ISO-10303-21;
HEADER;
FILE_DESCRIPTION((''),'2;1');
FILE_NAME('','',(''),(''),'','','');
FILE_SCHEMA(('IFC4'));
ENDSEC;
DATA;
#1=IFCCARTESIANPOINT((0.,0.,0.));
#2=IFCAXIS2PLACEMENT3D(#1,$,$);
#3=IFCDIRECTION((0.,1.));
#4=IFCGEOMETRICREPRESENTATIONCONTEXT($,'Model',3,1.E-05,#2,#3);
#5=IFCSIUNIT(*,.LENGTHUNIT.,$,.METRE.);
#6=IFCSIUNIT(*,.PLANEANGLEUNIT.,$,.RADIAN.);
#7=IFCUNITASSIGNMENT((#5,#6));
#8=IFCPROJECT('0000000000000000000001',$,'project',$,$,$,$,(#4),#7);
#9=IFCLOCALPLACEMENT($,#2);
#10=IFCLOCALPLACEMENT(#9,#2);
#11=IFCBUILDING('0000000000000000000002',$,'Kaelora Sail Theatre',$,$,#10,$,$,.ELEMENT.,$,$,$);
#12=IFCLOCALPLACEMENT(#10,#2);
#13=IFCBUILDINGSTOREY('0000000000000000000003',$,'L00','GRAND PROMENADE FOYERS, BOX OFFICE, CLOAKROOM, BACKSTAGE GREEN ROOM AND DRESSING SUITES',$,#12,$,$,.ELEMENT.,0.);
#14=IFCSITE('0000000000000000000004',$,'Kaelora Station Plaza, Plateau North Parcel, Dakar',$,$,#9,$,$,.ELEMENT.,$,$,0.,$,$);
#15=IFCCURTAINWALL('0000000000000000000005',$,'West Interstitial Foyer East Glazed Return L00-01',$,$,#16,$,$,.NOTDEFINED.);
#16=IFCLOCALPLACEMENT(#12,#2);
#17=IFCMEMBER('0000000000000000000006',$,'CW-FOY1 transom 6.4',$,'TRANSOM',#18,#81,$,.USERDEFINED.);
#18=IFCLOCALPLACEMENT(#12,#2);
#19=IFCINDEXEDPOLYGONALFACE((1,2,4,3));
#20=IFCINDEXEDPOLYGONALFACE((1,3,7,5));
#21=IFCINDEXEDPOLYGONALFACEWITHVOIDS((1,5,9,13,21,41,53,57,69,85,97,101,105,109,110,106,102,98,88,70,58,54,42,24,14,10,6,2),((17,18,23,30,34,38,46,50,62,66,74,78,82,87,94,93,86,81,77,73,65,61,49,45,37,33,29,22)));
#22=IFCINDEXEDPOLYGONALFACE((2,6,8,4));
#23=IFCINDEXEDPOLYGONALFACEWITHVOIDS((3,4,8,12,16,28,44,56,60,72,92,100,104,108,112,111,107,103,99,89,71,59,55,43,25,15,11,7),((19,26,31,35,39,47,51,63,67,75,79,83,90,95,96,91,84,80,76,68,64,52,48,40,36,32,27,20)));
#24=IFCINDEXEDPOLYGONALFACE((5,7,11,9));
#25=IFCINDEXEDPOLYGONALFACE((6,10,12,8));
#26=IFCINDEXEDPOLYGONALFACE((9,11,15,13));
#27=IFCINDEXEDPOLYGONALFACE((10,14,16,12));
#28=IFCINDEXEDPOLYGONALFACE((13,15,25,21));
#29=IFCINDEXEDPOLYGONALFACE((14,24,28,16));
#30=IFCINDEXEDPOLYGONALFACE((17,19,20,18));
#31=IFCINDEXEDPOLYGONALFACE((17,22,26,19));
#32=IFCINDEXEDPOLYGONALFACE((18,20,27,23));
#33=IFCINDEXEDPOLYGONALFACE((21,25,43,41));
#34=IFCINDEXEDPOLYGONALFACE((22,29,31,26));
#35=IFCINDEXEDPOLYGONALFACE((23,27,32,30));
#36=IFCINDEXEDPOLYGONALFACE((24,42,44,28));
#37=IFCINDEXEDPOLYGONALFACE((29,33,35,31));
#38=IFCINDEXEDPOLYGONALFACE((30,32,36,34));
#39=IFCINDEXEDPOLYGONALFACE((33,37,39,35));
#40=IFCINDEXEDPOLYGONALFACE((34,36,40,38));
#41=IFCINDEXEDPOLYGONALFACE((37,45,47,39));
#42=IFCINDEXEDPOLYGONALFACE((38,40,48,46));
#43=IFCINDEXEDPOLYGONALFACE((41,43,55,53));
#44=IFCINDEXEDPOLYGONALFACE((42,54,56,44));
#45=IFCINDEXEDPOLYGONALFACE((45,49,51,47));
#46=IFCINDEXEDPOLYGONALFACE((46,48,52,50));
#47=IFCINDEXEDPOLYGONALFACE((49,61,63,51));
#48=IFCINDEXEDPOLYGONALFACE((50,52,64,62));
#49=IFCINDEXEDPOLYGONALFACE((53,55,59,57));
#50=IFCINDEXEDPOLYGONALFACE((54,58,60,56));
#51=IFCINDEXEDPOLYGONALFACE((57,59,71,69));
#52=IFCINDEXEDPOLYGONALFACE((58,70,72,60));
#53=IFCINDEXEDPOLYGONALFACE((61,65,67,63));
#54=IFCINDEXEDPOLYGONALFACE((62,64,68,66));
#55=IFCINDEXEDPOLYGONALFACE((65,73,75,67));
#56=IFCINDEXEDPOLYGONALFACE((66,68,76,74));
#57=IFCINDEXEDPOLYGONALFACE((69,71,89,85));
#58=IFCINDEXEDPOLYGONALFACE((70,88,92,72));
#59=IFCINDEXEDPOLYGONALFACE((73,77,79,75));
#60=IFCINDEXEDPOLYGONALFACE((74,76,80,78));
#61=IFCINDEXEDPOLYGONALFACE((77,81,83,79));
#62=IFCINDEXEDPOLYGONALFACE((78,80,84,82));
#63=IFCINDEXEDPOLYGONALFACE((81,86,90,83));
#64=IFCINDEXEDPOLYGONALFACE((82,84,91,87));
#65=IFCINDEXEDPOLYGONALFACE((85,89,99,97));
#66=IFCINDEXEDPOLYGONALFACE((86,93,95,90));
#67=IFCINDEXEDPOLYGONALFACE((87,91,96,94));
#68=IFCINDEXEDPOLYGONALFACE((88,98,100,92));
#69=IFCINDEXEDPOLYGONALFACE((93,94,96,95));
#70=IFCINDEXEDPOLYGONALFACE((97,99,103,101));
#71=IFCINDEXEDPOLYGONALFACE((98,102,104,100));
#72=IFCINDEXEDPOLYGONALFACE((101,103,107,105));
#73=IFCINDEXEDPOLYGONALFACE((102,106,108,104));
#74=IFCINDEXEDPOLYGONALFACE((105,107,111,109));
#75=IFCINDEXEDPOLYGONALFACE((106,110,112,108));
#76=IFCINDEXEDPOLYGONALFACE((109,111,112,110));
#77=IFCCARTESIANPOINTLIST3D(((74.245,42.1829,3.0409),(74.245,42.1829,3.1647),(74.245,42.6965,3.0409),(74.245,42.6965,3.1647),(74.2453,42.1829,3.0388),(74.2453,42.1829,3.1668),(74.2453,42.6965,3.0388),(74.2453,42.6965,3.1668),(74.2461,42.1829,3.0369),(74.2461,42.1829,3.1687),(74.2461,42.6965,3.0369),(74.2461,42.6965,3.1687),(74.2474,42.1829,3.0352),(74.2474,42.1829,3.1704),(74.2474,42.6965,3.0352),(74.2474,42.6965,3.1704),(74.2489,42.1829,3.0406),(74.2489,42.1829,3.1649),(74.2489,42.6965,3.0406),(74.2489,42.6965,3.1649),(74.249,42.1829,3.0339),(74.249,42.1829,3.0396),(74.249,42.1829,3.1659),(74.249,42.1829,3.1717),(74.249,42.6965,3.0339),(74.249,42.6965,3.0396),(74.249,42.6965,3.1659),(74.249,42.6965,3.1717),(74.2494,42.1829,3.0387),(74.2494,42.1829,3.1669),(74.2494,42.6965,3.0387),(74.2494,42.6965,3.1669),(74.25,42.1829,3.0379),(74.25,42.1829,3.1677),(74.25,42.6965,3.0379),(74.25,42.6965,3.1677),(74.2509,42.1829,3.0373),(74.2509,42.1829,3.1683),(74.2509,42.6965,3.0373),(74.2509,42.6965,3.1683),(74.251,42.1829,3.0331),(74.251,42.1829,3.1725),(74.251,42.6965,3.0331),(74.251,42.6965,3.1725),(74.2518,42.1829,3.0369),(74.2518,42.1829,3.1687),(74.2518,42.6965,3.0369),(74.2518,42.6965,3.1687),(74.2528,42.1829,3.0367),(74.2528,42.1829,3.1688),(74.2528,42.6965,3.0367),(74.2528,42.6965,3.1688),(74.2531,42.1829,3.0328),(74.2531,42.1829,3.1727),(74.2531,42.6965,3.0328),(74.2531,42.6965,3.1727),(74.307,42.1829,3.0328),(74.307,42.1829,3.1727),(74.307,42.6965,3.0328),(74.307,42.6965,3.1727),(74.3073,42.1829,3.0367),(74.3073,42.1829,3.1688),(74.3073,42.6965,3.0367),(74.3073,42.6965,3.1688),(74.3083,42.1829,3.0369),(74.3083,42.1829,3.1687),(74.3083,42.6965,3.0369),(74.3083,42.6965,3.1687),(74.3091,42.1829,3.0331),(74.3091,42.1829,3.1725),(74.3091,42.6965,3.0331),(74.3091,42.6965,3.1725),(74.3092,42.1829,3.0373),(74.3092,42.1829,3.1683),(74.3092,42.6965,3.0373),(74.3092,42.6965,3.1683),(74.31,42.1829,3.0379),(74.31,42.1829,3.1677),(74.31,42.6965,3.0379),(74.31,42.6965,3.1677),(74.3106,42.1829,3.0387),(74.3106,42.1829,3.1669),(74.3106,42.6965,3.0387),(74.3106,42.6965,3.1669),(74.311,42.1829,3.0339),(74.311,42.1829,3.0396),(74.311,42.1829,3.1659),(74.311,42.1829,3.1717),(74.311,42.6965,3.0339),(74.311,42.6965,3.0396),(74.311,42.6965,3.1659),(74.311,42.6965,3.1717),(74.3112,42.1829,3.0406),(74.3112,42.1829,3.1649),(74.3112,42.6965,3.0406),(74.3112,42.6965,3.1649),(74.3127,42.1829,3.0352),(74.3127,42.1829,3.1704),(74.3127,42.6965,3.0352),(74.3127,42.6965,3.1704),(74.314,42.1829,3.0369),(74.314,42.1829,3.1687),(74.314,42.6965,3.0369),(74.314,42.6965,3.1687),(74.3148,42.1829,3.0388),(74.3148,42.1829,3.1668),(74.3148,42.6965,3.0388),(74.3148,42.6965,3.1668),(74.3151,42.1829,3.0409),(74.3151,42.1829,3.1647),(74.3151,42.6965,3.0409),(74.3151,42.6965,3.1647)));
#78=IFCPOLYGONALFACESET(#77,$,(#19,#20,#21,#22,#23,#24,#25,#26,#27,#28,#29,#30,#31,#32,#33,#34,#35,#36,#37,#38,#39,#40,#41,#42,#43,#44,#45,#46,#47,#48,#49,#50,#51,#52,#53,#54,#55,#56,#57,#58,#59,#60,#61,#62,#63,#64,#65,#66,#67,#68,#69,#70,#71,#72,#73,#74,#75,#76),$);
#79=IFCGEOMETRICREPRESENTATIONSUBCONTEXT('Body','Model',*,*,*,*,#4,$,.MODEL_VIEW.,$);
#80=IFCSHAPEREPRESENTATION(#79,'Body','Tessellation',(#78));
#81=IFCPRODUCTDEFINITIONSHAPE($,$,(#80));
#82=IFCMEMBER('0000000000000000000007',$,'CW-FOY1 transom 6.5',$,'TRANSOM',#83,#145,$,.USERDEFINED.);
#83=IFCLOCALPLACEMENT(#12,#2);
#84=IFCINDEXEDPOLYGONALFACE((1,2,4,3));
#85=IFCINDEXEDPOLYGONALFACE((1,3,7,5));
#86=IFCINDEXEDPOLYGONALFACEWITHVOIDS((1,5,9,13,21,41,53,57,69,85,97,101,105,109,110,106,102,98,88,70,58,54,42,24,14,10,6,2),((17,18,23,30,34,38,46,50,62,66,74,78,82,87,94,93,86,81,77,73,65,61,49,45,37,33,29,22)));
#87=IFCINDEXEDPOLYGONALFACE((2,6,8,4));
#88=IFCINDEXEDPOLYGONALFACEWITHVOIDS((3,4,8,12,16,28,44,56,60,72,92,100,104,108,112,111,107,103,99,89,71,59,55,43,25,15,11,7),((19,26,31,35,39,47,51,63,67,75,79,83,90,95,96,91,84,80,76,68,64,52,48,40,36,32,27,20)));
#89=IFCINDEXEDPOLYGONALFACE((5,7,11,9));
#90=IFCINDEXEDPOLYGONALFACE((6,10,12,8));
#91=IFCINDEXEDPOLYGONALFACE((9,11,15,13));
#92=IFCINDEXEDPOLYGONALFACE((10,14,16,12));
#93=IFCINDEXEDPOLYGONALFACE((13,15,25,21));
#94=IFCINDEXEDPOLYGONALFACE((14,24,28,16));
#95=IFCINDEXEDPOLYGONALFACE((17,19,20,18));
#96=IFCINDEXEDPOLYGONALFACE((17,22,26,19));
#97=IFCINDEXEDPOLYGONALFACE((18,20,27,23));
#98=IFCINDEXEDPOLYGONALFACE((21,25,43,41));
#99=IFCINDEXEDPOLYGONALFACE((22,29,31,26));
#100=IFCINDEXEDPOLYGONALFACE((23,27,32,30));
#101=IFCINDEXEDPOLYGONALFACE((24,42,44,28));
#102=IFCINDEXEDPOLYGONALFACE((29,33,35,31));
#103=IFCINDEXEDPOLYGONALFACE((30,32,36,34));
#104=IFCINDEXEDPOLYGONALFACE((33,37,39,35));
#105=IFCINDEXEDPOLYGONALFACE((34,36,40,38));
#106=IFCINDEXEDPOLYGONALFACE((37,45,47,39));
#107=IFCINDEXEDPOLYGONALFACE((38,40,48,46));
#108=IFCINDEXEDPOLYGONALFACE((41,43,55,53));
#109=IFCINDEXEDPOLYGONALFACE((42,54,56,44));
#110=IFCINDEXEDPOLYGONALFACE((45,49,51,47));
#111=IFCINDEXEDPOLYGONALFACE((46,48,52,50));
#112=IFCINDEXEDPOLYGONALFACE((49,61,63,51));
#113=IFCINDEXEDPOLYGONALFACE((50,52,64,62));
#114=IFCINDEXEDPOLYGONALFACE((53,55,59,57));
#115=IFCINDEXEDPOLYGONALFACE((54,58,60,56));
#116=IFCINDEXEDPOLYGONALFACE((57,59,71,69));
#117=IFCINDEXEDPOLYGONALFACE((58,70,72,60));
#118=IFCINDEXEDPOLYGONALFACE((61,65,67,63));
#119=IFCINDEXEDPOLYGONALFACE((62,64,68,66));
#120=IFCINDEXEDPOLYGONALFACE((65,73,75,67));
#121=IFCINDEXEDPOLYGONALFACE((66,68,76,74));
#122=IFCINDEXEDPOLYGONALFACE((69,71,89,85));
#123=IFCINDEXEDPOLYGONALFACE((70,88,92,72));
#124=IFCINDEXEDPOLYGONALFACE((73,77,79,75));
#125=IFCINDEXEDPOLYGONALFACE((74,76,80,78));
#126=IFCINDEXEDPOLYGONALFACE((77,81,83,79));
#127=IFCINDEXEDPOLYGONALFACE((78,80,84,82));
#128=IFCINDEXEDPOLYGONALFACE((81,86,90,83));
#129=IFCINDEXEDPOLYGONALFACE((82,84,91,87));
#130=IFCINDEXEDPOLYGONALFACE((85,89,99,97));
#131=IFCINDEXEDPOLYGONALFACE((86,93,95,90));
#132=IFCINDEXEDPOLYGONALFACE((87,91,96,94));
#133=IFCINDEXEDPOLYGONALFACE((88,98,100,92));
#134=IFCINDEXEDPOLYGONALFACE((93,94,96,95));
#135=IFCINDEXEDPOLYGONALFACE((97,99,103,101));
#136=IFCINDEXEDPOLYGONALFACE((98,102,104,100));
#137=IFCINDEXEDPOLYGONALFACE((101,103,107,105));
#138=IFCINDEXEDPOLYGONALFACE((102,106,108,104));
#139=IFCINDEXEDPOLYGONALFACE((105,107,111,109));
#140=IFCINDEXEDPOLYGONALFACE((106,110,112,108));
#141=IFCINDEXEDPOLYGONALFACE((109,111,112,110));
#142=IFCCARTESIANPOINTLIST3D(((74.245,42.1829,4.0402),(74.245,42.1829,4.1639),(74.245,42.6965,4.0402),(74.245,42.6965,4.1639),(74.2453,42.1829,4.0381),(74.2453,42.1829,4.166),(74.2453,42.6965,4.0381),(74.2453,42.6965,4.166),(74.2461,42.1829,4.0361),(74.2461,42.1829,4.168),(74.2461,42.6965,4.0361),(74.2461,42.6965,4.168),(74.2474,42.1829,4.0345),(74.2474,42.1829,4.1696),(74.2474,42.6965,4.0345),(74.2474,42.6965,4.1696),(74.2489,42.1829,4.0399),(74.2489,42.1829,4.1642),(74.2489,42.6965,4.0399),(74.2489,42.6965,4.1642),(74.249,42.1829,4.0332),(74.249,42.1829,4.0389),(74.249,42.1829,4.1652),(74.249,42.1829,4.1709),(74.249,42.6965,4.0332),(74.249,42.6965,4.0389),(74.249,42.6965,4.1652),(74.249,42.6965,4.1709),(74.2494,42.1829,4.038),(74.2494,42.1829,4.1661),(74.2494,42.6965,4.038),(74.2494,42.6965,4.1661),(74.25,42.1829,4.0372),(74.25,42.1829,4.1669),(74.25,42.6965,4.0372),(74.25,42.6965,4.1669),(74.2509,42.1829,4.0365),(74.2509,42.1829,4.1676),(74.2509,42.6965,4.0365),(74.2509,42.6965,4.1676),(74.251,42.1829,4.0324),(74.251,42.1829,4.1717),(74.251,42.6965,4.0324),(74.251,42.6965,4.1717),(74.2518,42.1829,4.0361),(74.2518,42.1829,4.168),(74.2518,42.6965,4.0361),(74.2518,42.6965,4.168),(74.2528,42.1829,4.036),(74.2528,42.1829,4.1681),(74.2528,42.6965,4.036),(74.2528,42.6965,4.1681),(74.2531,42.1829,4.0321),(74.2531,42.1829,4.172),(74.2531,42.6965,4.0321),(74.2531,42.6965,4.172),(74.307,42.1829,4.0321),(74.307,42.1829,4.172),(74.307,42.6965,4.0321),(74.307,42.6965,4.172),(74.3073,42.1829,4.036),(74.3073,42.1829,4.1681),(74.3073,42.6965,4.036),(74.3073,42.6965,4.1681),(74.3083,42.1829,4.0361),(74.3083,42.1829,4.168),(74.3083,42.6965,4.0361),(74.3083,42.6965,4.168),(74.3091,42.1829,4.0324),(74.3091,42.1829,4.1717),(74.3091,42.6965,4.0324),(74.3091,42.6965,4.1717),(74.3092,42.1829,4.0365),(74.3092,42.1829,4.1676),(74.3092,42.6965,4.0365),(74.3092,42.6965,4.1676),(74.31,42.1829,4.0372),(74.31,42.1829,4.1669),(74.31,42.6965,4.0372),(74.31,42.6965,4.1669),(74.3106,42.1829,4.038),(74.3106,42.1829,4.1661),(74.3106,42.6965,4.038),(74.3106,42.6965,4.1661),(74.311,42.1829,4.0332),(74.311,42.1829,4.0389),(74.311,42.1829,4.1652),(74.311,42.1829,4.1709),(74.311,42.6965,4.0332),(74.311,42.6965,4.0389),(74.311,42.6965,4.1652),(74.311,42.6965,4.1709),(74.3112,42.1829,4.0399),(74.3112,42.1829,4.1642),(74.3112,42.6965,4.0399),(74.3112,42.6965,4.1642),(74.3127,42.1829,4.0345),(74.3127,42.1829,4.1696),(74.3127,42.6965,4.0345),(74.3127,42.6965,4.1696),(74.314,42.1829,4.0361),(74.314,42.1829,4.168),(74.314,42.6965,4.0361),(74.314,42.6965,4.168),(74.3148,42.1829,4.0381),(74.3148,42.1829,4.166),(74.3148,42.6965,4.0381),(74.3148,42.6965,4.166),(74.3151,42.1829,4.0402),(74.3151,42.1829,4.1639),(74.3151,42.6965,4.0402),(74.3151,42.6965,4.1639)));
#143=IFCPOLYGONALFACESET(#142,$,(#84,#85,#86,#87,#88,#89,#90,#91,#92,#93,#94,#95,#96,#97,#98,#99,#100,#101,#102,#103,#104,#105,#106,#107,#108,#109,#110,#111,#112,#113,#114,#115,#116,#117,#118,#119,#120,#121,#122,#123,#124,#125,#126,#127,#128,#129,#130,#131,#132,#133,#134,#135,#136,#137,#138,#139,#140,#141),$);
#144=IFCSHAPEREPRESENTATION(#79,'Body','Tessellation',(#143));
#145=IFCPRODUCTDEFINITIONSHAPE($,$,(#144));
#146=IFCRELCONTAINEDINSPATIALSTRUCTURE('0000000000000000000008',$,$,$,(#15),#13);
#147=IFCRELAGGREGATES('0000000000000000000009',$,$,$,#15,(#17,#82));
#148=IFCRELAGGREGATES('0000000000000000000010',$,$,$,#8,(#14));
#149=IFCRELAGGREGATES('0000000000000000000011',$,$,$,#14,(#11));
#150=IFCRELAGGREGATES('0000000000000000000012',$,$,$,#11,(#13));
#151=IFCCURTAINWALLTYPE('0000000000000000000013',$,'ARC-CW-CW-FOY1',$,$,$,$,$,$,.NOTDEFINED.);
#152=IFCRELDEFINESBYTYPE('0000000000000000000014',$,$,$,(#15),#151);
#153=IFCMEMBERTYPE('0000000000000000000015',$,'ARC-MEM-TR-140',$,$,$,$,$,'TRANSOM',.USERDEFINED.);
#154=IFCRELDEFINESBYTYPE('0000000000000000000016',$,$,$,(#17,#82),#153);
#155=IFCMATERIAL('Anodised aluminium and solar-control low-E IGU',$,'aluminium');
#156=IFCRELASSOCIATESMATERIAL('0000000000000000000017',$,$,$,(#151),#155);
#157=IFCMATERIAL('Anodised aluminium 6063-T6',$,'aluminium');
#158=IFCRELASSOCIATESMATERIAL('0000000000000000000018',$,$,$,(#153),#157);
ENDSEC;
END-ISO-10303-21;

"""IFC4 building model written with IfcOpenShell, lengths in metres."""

from ifc_helpers import new_model, si_unit, direction, frame, origin, origin_2d, place, context, subcontext, project, spatial, hollow_rectangle, extrude, material, material_profile, profile_set, type_object, element, aggregate, save


model = new_model("IFC4")

# Units and contexts
model_context = context("Model", 3, precision=1e-05, world=origin(), true_north=direction((0.0, 1.0)))
body_context = subcontext(model_context, "Body", "Model", "MODEL_VIEW")
ifc_project = project(units=[si_unit("LENGTHUNIT", "METRE"), si_unit("PLANEANGLEUNIT", "RADIAN")], contexts=[model_context])

# Site, building, storey
site_placement = place(None, origin())
site = spatial("IfcSite", under=ifc_project, at=site_placement, Name="Kaelora Station Plaza, Plateau North Parcel, Dakar", CompositionType="ELEMENT", RefElevation=0.0)
building_placement = place(site_placement, origin())
building = spatial("IfcBuilding", under=site, at=building_placement, Name="Kaelora Sail Theatre", CompositionType="ELEMENT")
storey_placement = place(building_placement, origin())
storey = spatial("IfcBuildingStorey", under=building, at=storey_placement, Name="L00", Description="GRAND PROMENADE FOYERS, BOX OFFICE, CLOAKROOM, BACKSTAGE GREEN ROOM AND DRESSING SUITES", CompositionType="ELEMENT", Elevation=0.0)

# Curtain wall
ifc_material_1 = material(Name="Anodised aluminium and solar-control low-E IGU", Category="aluminium")
curtain_wall_type = type_object("IfcCurtainWallType", Name="ARC-CW-CW-FOY1", PredefinedType="NOTDEFINED", material=ifc_material_1)
curtain_wall_1_placement = place(storey_placement, origin())
curtain_wall_1 = element("IfcCurtainWall", 1, at=curtain_wall_1_placement, inside=storey, type_object=curtain_wall_type, Name="West Interstitial Foyer East Glazed Return L00-01", PredefinedType="NOTDEFINED")

# Members
ifc_material_2 = material(Name="Anodised aluminium 6063-T6", Category="aluminium")
ifc_material_profile_1 = material_profile(ifc_material_2, hollow_rectangle(XDim=0.0701, YDim=0.1399, WallThickness=0.0039, InnerFilletRadius=0.0039, OuterFilletRadius=0.0081, at=origin_2d()), Name="ALU-TRAN 70x140x4")
ifc_profile_set_1 = profile_set([ifc_material_profile_1], Name="Anodised aluminium 6063-T6")
member_type_1 = type_object("IfcMemberType", Name="ARC-MEM-TR-140", ElementType="TRANSOM", PredefinedType="USERDEFINED", material=ifc_profile_set_1)
member_1_placement = place(storey_placement, frame((74.28, 42.1829, 3.1028), z_axis=(0.0, 1.0, 0.0), x_axis=(-1.0, 0.0, 0.0)))
member_1 = element("IfcMember", 2, at=member_1_placement, type_object=member_type_1, Name="CW-FOY1 transom 6.4", ObjectType="TRANSOM", PredefinedType="USERDEFINED", context=body_context, shape_type="SweptSolid", body=[
    extrude(hollow_rectangle(XDim=0.0701, YDim=0.1399, WallThickness=0.0039, InnerFilletRadius=0.0039, OuterFilletRadius=0.0081, at=origin_2d()), origin(), (0.0, 0.0, 1.0), 0.5137),
])
member_2_placement = place(storey_placement, frame((74.28, 42.1829, 4.1021), z_axis=(0.0, 1.0, 0.0), x_axis=(-1.0, 0.0, 0.0)))
member_2 = element("IfcMember", 3, at=member_2_placement, type_object=member_type_1, Name="CW-FOY1 transom 6.5", ObjectType="TRANSOM", PredefinedType="USERDEFINED", context=body_context, shape_type="SweptSolid", body=[
    extrude(hollow_rectangle(XDim=0.0701, YDim=0.1399, WallThickness=0.0039, InnerFilletRadius=0.0039, OuterFilletRadius=0.0081, at=origin_2d()), origin(), (0.0, 0.0, 1.0), 0.5137),
])

aggregate(curtain_wall_1, [member_1, member_2])

save(model, "model.ifc")
